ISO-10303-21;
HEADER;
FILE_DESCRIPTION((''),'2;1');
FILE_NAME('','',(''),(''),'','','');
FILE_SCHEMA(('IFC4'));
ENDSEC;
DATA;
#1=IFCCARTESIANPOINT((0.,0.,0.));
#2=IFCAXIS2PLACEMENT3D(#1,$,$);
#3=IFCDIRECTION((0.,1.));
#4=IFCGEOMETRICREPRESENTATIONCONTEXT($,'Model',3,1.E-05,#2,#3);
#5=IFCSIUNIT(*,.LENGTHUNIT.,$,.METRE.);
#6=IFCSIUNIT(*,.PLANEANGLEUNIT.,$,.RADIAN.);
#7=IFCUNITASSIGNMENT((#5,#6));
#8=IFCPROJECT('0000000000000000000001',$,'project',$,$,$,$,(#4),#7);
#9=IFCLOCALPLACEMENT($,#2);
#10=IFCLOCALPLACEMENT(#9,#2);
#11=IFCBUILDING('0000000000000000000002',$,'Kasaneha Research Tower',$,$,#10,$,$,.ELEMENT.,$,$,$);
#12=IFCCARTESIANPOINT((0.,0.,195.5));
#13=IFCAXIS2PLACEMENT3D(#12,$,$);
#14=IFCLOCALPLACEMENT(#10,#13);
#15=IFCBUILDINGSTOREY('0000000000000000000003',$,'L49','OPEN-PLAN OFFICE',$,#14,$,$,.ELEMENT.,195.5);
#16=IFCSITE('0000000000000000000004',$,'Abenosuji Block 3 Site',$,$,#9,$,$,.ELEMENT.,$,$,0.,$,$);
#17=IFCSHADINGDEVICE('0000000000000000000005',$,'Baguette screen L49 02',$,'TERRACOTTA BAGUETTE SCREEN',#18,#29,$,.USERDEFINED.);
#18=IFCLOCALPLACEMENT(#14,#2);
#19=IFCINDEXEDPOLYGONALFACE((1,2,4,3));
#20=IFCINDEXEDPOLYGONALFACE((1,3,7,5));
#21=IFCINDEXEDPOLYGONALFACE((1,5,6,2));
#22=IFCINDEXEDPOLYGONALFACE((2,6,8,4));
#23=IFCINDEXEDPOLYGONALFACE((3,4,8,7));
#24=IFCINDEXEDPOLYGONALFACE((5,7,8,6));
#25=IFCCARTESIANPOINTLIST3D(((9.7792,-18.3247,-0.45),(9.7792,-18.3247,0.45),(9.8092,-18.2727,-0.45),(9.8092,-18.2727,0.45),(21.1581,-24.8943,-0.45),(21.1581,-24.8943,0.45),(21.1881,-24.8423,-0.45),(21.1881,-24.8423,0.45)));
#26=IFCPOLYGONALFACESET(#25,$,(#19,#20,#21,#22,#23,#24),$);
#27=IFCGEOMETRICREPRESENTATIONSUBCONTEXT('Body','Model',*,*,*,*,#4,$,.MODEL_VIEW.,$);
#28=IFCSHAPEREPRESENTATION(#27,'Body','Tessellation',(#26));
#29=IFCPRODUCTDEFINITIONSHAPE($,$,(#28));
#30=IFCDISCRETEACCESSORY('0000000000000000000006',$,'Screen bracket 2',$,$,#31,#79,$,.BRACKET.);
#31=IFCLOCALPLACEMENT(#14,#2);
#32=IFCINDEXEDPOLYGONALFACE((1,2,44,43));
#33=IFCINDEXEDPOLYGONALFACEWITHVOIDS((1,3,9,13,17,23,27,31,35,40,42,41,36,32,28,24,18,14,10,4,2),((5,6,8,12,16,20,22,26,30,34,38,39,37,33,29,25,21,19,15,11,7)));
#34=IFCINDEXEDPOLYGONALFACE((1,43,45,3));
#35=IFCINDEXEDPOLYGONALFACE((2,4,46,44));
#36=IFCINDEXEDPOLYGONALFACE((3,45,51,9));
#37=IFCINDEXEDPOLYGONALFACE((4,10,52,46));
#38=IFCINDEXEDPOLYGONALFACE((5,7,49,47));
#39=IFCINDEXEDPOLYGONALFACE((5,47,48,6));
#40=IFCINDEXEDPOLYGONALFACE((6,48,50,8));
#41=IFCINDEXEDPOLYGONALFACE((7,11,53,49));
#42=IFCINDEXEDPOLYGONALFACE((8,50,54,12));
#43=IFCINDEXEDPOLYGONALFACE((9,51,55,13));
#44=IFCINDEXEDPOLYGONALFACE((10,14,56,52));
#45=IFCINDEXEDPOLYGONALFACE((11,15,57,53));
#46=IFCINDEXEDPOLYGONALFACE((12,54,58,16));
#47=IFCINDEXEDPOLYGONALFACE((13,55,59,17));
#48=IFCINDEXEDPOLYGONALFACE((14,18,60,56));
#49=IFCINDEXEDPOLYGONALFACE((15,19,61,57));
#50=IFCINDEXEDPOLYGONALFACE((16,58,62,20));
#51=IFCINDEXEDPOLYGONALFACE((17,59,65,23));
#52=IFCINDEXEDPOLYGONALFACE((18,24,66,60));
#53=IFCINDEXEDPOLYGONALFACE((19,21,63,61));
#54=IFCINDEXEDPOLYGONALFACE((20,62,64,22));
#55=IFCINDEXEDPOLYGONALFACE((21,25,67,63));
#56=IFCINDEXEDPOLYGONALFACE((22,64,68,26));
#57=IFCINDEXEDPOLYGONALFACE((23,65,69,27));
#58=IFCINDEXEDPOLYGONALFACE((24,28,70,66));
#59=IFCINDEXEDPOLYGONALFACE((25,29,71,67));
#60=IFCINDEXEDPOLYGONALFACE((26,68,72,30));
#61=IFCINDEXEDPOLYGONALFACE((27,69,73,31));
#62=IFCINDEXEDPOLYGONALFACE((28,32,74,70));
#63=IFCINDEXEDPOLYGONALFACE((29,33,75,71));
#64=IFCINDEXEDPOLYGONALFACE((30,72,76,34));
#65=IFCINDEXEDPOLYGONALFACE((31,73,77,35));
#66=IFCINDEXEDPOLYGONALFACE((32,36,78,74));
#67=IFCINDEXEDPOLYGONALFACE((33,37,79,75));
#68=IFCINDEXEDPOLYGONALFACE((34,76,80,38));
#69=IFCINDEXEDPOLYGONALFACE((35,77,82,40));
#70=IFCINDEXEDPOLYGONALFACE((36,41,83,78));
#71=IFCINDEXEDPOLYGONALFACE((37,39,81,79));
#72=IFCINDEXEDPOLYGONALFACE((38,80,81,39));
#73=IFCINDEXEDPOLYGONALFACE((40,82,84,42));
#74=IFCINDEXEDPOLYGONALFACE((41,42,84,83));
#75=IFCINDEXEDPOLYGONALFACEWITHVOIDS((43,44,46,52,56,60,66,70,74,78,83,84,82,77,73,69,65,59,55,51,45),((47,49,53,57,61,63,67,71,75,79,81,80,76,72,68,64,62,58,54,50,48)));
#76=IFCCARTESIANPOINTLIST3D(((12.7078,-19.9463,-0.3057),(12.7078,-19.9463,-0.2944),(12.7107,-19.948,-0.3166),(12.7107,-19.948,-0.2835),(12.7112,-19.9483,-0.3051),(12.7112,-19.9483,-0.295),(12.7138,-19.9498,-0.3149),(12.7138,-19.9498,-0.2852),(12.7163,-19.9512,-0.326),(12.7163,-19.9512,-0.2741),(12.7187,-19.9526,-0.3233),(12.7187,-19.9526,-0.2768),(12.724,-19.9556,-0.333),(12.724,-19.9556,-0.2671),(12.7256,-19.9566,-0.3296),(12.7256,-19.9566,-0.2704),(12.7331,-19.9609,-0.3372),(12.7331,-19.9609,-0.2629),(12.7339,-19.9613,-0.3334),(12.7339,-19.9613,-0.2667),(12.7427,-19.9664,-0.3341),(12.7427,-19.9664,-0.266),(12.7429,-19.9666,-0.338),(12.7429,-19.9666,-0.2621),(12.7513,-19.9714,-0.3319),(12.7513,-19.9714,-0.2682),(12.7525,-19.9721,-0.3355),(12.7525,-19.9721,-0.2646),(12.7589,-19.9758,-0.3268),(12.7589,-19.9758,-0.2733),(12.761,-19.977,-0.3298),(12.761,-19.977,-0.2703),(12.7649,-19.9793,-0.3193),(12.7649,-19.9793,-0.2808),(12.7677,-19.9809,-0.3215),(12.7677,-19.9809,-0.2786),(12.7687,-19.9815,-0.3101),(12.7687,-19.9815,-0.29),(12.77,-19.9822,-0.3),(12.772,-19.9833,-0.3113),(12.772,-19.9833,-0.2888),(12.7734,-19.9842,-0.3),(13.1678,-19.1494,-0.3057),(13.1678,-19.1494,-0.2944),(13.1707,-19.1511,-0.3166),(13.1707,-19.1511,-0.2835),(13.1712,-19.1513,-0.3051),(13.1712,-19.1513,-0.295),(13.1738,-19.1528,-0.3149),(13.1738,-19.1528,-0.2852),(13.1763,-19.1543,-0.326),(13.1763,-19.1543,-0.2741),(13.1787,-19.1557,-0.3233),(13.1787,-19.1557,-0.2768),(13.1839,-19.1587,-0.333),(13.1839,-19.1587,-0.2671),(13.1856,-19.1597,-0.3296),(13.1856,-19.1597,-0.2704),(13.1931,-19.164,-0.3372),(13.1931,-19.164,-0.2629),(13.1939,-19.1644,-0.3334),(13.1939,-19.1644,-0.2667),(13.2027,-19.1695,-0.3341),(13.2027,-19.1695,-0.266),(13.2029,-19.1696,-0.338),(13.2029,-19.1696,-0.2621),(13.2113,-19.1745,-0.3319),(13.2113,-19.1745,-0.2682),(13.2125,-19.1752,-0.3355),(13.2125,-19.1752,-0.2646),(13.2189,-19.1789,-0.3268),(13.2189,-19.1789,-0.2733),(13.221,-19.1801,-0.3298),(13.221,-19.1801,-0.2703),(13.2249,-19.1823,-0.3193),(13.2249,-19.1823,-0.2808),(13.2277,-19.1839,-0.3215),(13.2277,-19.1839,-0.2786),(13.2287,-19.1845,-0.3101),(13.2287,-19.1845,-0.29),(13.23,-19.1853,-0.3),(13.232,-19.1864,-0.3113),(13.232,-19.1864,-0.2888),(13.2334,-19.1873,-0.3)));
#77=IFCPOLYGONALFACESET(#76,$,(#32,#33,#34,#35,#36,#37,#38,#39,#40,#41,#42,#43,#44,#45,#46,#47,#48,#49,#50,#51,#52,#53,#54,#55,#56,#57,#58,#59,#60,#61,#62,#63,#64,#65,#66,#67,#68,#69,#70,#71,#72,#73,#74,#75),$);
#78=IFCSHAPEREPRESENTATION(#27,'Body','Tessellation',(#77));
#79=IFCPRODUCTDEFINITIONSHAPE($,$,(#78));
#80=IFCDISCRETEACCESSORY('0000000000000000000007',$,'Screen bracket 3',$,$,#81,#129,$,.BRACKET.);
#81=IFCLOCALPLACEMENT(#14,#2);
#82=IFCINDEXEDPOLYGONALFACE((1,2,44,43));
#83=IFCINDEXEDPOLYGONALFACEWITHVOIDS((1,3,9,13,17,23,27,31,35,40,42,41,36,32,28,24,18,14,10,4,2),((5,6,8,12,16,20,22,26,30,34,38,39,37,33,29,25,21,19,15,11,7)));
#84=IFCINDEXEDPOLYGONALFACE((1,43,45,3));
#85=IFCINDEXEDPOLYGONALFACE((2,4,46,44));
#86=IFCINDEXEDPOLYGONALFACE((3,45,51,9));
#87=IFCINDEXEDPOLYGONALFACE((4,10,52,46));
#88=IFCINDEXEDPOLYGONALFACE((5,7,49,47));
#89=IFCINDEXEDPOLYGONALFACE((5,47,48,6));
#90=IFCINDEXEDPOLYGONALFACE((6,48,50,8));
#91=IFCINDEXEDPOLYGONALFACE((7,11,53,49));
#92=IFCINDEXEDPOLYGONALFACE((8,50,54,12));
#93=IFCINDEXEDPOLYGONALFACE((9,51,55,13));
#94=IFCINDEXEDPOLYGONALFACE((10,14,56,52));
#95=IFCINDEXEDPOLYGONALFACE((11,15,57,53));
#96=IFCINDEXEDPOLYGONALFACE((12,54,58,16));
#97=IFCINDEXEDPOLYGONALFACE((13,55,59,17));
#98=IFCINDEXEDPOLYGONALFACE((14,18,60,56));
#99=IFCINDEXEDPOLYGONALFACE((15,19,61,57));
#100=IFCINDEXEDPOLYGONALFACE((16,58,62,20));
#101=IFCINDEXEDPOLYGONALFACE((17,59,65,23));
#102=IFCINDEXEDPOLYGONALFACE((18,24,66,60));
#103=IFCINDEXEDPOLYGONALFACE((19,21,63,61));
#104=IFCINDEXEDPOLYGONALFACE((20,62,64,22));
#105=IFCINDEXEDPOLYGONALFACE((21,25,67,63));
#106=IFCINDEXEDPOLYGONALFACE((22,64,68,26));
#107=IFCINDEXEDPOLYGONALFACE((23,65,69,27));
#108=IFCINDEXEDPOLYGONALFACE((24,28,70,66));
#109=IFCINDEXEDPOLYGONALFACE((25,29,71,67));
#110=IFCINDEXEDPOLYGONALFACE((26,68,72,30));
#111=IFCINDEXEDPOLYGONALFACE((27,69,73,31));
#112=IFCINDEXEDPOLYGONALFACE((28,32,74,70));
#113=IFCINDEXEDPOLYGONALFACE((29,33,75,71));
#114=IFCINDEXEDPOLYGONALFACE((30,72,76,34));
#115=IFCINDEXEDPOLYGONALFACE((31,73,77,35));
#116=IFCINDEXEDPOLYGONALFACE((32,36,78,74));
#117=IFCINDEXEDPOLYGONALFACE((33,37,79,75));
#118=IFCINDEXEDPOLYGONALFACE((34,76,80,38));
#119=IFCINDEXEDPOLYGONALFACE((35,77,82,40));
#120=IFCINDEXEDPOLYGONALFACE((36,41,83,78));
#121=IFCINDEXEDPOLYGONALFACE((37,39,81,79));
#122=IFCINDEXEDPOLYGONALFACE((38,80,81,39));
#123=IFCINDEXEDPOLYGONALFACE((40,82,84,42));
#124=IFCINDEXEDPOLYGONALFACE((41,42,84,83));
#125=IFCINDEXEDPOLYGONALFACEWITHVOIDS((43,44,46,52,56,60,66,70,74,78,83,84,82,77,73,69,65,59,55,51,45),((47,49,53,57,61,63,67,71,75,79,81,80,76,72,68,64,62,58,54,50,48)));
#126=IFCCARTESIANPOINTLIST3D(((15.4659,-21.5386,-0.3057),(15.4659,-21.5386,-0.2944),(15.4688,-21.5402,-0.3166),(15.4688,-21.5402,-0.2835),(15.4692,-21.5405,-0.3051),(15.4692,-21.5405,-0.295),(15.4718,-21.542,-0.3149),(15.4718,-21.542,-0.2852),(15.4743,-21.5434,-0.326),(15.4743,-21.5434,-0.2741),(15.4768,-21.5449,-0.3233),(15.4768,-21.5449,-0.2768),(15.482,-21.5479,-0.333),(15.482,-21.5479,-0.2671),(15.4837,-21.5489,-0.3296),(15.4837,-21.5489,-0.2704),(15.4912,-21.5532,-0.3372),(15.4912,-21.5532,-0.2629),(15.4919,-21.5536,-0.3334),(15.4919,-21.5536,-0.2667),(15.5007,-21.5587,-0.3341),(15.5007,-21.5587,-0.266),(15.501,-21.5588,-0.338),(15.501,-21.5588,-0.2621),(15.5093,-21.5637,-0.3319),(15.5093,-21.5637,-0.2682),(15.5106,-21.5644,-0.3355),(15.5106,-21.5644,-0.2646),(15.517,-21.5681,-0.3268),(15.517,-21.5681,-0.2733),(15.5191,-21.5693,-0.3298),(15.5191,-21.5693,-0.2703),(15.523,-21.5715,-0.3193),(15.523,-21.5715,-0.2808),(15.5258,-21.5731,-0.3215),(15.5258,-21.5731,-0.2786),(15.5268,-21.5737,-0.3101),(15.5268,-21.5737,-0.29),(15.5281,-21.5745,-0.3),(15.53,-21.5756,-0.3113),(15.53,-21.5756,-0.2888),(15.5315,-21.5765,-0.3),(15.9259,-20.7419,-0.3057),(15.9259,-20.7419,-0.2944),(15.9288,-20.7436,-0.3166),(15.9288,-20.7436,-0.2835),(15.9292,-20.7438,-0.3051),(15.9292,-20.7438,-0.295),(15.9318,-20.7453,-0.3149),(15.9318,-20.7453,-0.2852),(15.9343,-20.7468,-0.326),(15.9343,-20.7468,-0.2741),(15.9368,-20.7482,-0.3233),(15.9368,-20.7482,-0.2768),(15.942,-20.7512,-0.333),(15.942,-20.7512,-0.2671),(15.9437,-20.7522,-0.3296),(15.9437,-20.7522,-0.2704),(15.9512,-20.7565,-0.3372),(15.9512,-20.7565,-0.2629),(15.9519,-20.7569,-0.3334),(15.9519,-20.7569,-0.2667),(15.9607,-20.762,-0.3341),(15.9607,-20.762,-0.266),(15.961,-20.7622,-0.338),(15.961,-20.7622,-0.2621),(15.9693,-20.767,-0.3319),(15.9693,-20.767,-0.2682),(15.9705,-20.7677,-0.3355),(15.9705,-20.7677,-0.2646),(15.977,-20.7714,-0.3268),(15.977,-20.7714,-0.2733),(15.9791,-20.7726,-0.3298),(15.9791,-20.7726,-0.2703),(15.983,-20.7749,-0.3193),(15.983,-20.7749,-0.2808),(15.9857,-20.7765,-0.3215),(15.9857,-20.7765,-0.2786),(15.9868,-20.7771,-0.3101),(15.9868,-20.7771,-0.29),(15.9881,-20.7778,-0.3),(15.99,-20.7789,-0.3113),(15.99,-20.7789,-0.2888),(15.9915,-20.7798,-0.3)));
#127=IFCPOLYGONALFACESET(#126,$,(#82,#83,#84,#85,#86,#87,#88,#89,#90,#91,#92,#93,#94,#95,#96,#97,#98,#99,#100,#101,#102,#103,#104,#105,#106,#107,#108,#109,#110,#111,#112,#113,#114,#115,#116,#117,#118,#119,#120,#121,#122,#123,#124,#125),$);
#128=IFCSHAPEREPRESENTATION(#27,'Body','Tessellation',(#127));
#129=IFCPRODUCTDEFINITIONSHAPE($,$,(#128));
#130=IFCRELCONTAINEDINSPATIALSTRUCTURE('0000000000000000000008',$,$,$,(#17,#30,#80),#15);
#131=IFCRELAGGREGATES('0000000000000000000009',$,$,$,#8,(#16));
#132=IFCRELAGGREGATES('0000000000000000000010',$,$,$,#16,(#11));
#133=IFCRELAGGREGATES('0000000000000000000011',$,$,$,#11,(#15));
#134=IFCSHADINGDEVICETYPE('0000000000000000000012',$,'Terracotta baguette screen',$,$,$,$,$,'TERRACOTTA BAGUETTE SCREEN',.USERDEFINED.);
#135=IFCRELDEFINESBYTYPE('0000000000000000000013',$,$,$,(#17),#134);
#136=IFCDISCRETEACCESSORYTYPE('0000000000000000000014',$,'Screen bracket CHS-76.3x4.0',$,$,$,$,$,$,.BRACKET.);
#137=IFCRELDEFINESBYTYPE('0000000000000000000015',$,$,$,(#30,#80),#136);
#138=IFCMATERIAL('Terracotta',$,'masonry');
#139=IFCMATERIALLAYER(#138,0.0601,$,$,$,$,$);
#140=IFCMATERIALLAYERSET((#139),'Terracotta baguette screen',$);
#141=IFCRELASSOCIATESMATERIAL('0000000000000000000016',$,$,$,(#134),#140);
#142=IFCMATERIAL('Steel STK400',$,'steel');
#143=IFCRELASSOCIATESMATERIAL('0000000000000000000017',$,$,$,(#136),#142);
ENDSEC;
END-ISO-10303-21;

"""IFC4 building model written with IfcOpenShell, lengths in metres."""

from ifc_helpers import new_model, si_unit, direction, frame, origin, origin_2d, place, context, subcontext, project, spatial, rectangle, hollow_circle, extrude, material, layer, layer_set, material_profile, profile_set, type_object, element, save


model = new_model("IFC4")

# Units and contexts
model_context = context("Model", 3, precision=1e-05, world=origin(), true_north=direction((0.0, 1.0)))
body_context = subcontext(model_context, "Body", "Model", "MODEL_VIEW")
ifc_project = project(units=[si_unit("LENGTHUNIT", "METRE"), si_unit("PLANEANGLEUNIT", "RADIAN")], contexts=[model_context])

# Site, building, storey
site_placement = place(None, origin())
site = spatial("IfcSite", under=ifc_project, at=site_placement, Name="Abenosuji Block 3 Site", CompositionType="ELEMENT", RefElevation=0.0)
building_placement = place(site_placement, origin())
building = spatial("IfcBuilding", under=site, at=building_placement, Name="Kasaneha Research Tower", CompositionType="ELEMENT")
storey_placement = place(building_placement, frame((0.0, 0.0, 195.5)))
storey = spatial("IfcBuildingStorey", under=building, at=storey_placement, Name="L49", Description="OPEN-PLAN OFFICE", CompositionType="ELEMENT", Elevation=195.5)

# Shading device
ifc_material_1 = material(Name="Terracotta", Category="masonry")
ifc_layer_1 = layer(ifc_material_1, 0.0601)
ifc_layer_set_1 = layer_set([ifc_layer_1], Name="Terracotta baguette screen")
shading_device_type = type_object("IfcShadingDeviceType", Name="Terracotta baguette screen", ElementType="TERRACOTTA BAGUETTE SCREEN", PredefinedType="USERDEFINED", material=ifc_layer_set_1)
shading_device_placement = place(storey_placement, frame((15.4836, -21.5835, -0.45), z_axis=(0.0, 0.0, 1.0), x_axis=(0.866025, -0.5, 0.0)))
element("IfcShadingDevice", 1, at=shading_device_placement, inside=storey, type_object=shading_device_type, Name="Baguette screen L49 02", ObjectType="TERRACOTTA BAGUETTE SCREEN", PredefinedType="USERDEFINED", context=body_context, shape_type="SweptSolid", body=[
    extrude(rectangle(XDim=13.1392, YDim=0.0601, at=origin_2d()), origin(), (0.0, 0.0, 1.0), 0.8999),
])

# Discrete accessories
ifc_material_2 = material(Name="Steel STK400", Category="steel")
ifc_material_profile_1 = material_profile(ifc_material_2, hollow_circle(Radius=0.0381, WallThickness=0.0039, at=origin_2d()), Name="CHS-76.3x4.0")
ifc_profile_set_1 = profile_set([ifc_material_profile_1], Name="Steel STK400")
discrete_accessory_type = type_object("IfcDiscreteAccessoryType", Name="Screen bracket CHS-76.3x4.0", PredefinedType="BRACKET", material=ifc_profile_set_1)
discrete_accessory_1_placement = place(storey_placement, frame((13.2004, -19.1682, -0.3), z_axis=(-0.499906, -0.86608, 0.0), x_axis=(0.86608, -0.499906, 0.0)))
element("IfcDiscreteAccessory", 2, at=discrete_accessory_1_placement, inside=storey, type_object=discrete_accessory_type, Name="Screen bracket 2", PredefinedType="BRACKET", context=body_context, shape_type="SweptSolid", body=[
    extrude(hollow_circle(Radius=0.0381, WallThickness=0.0039, at=origin_2d()), origin(), (0.0, 0.0, 1.0), 0.9202),
])
discrete_accessory_2_placement = place(storey_placement, frame((15.9585, -20.7607, -0.3), z_axis=(-0.500021, -0.866013, 0.0), x_axis=(0.866013, -0.500021, 0.0)))
element("IfcDiscreteAccessory", 3, at=discrete_accessory_2_placement, inside=storey, type_object=discrete_accessory_type, Name="Screen bracket 3", PredefinedType="BRACKET", context=body_context, shape_type="SweptSolid", body=[
    extrude(hollow_circle(Radius=0.0381, WallThickness=0.0039, at=origin_2d()), origin(), (0.0, 0.0, 1.0), 0.9199),
])

save(model, "model.ifc")
